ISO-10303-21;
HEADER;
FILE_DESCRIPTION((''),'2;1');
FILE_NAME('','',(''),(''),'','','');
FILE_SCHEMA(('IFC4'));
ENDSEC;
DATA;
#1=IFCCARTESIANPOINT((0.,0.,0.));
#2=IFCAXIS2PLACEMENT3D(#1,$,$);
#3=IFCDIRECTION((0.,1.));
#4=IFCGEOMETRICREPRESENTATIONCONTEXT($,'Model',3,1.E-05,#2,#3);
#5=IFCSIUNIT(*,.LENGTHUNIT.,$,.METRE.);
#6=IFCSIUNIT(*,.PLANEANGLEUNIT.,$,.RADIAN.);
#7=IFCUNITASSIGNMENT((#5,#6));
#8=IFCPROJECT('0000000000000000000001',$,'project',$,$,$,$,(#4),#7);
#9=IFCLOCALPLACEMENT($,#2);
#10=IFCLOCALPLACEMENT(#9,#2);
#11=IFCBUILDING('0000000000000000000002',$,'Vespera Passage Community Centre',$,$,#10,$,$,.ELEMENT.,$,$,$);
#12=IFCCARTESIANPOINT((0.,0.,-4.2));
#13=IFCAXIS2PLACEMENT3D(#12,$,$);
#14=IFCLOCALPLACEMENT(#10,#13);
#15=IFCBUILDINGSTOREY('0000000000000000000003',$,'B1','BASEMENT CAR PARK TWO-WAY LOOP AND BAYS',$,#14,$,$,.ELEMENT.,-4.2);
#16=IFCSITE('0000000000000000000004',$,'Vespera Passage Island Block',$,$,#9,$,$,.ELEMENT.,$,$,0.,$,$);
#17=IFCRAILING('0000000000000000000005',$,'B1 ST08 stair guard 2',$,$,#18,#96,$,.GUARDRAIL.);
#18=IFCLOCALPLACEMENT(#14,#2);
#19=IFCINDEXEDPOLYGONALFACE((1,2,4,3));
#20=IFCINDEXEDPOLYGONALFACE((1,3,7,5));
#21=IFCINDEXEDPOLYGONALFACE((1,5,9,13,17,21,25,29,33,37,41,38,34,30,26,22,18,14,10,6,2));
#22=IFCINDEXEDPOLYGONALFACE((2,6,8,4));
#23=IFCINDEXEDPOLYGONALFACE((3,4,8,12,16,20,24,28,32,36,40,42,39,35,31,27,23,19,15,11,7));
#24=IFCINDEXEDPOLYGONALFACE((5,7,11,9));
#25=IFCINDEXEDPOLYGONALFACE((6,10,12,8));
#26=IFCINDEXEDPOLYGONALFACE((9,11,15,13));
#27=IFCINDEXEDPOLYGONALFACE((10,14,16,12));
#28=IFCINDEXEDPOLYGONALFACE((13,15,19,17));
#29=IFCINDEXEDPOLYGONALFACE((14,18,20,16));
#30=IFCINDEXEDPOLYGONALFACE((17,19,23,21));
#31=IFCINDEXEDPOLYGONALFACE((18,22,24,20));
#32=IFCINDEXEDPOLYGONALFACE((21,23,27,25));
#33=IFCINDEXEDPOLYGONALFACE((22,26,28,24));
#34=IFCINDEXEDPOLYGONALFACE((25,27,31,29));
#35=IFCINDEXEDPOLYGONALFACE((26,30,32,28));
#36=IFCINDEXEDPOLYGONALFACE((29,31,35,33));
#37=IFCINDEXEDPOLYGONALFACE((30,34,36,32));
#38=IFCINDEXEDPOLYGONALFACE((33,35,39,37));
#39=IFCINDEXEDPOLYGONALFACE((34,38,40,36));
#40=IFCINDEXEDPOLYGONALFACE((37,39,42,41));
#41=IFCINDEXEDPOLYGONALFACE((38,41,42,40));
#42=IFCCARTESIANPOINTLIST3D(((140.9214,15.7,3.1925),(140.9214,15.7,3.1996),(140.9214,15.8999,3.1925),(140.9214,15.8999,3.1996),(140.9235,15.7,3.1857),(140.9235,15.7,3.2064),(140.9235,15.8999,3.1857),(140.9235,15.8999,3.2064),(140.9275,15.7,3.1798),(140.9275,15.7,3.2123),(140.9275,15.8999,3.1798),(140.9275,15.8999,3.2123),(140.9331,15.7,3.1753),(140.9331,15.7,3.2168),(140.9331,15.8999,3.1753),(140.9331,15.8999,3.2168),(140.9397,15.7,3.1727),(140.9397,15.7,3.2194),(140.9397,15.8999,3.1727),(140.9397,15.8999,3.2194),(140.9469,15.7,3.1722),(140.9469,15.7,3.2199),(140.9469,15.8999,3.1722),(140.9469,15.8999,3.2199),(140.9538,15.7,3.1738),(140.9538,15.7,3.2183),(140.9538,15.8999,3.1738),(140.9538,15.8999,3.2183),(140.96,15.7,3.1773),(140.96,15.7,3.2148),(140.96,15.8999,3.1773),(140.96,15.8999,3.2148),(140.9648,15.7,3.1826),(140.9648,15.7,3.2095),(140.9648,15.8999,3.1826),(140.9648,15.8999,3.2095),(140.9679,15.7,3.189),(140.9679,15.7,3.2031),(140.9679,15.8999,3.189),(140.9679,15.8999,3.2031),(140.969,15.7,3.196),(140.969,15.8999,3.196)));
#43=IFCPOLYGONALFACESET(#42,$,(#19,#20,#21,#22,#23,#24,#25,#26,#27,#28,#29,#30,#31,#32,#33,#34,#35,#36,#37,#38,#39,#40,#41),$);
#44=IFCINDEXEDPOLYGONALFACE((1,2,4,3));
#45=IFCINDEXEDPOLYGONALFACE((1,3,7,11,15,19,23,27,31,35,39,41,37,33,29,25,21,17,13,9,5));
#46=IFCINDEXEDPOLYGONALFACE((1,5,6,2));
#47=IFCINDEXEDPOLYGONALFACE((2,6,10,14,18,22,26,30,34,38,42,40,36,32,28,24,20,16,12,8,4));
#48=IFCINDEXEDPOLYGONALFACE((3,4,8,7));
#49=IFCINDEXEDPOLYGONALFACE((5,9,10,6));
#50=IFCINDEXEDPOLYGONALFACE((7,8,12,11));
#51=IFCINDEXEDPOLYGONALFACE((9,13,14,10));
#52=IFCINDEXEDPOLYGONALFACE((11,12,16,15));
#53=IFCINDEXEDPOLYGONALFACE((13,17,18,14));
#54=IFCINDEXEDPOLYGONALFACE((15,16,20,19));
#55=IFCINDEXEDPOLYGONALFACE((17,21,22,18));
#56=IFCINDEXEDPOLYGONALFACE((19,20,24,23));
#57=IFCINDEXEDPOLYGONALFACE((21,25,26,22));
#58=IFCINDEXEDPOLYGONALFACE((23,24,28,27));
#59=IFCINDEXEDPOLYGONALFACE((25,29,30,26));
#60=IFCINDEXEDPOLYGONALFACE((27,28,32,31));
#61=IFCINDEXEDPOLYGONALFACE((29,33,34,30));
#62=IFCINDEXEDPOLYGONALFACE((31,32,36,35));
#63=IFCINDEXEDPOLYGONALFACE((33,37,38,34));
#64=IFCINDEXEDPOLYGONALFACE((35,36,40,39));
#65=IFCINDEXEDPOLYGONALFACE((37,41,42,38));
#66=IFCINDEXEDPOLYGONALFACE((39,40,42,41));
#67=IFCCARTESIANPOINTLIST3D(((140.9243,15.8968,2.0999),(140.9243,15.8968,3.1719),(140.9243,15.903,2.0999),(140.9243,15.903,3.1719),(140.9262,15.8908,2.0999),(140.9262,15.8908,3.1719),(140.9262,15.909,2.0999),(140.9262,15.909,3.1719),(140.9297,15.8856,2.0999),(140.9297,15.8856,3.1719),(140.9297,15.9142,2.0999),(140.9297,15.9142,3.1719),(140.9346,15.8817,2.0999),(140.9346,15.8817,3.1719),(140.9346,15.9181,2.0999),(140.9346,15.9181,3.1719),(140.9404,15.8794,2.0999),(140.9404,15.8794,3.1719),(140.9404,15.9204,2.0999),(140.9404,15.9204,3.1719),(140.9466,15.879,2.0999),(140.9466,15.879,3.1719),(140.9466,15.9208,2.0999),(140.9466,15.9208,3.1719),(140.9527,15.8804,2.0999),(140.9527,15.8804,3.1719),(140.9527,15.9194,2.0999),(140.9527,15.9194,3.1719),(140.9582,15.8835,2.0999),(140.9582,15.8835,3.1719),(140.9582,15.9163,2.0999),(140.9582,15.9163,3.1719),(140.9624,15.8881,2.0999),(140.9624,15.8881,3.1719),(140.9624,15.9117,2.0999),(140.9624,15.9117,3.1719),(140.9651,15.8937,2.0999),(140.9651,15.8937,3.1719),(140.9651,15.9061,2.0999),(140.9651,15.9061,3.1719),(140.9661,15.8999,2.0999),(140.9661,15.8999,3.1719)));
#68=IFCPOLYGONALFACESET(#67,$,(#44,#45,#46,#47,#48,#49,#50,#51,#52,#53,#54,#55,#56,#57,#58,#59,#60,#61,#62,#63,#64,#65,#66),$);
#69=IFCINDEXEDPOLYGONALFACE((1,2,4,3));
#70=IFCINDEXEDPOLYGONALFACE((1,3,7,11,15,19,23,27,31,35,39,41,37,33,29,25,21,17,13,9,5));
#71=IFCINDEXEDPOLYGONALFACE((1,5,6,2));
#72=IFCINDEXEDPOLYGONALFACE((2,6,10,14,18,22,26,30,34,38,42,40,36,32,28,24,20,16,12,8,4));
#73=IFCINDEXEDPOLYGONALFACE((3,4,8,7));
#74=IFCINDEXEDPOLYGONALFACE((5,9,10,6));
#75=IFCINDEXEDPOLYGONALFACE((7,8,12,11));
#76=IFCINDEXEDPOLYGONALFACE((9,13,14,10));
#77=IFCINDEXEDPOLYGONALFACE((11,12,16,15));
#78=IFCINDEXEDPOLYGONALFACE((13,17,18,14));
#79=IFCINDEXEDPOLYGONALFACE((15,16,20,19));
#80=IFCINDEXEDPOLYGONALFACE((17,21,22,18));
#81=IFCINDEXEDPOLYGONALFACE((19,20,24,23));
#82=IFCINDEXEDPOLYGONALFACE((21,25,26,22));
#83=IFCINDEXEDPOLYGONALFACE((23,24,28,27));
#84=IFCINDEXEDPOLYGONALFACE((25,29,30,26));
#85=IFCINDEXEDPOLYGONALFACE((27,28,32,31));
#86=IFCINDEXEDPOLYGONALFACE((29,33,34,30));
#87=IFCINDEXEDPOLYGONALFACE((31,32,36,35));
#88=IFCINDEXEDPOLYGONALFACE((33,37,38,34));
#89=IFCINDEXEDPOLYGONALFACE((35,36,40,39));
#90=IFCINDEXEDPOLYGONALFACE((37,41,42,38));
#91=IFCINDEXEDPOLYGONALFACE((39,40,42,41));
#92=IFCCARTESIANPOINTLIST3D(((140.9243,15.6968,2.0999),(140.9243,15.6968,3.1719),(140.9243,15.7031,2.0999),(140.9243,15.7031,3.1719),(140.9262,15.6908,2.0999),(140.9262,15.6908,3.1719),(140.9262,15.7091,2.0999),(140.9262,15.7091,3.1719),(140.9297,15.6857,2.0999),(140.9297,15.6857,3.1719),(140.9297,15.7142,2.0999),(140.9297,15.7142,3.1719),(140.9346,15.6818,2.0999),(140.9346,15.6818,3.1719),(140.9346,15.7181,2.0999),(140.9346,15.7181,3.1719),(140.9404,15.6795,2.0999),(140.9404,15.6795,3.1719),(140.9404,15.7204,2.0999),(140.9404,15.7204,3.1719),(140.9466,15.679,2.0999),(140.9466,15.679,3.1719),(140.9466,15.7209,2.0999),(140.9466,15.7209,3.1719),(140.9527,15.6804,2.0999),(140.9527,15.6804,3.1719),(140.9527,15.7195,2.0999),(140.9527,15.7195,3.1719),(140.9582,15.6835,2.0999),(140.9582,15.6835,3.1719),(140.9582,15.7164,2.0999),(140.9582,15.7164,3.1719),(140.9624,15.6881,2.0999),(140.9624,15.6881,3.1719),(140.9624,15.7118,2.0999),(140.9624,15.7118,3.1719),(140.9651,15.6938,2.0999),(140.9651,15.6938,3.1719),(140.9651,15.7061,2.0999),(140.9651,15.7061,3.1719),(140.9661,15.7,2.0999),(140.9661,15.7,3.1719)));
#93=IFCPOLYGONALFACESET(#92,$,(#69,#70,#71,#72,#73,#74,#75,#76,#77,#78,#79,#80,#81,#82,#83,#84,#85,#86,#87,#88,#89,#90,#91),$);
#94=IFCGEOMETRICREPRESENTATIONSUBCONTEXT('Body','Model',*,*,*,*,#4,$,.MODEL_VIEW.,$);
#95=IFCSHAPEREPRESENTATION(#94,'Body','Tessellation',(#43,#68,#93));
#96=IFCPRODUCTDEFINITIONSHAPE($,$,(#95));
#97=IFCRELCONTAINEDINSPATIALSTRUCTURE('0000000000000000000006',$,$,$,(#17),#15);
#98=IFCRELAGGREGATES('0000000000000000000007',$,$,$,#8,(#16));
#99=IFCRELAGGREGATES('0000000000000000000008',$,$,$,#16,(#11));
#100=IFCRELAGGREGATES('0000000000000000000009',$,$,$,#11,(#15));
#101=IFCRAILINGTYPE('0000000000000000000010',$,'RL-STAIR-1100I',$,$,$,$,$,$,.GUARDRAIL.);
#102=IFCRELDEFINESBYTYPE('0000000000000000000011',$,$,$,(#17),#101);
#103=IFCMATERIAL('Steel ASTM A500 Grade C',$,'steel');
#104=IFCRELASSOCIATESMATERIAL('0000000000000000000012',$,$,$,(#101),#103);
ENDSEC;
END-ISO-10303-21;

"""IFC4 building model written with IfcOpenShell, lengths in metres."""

from ifc_helpers import new_model, si_unit, direction, frame, origin, origin_2d, place, context, subcontext, project, spatial, circle, extrude, material, type_object, element, save


model = new_model("IFC4")

# Units and contexts
model_context = context("Model", 3, precision=1e-05, world=origin(), true_north=direction((0.0, 1.0)))
body_context = subcontext(model_context, "Body", "Model", "MODEL_VIEW")
ifc_project = project(units=[si_unit("LENGTHUNIT", "METRE"), si_unit("PLANEANGLEUNIT", "RADIAN")], contexts=[model_context])

# Site, building, storey
site_placement = place(None, origin())
site = spatial("IfcSite", under=ifc_project, at=site_placement, Name="Vespera Passage Island Block", CompositionType="ELEMENT", RefElevation=0.0)
building_placement = place(site_placement, origin())
building = spatial("IfcBuilding", under=site, at=building_placement, Name="Vespera Passage Community Centre", CompositionType="ELEMENT")
storey_placement = place(building_placement, frame((0.0, 0.0, -4.2)))
storey = spatial("IfcBuildingStorey", under=building, at=storey_placement, Name="B1", Description="BASEMENT CAR PARK TWO-WAY LOOP AND BAYS", CompositionType="ELEMENT", Elevation=-4.2)

# Railing
ifc_material_1 = material(Name="Steel ASTM A500 Grade C", Category="steel")
railing_type_1 = type_object("IfcRailingType", Name="RL-STAIR-1100I", PredefinedType="GUARDRAIL", material=ifc_material_1)
railing_1_placement = place(storey_placement, frame((140.9451, 15.8999, 2.0999)))
element("IfcRailing", 1, at=railing_1_placement, inside=storey, type_object=railing_type_1, Name="B1 ST08 stair guard 2", PredefinedType="GUARDRAIL", context=body_context, shape_type="SweptSolid", body=[
    extrude(circle(Radius=0.0239, at=origin_2d()), frame((0.0, 0.0, 1.0962), z_axis=(0.0, -1.0, 0.0), x_axis=(1.0, 0.0, 0.0)), (0.0, 0.0, 1.0), 0.2),
    extrude(circle(Radius=0.021, at=origin_2d()), origin(), (0.0, 0.0, 1.0), 1.072),
    extrude(circle(Radius=0.021, at=origin_2d()), frame((0.0, -0.2, 0.0)), (0.0, 0.0, 1.0), 1.072),
])

save(model, "model.ifc")
